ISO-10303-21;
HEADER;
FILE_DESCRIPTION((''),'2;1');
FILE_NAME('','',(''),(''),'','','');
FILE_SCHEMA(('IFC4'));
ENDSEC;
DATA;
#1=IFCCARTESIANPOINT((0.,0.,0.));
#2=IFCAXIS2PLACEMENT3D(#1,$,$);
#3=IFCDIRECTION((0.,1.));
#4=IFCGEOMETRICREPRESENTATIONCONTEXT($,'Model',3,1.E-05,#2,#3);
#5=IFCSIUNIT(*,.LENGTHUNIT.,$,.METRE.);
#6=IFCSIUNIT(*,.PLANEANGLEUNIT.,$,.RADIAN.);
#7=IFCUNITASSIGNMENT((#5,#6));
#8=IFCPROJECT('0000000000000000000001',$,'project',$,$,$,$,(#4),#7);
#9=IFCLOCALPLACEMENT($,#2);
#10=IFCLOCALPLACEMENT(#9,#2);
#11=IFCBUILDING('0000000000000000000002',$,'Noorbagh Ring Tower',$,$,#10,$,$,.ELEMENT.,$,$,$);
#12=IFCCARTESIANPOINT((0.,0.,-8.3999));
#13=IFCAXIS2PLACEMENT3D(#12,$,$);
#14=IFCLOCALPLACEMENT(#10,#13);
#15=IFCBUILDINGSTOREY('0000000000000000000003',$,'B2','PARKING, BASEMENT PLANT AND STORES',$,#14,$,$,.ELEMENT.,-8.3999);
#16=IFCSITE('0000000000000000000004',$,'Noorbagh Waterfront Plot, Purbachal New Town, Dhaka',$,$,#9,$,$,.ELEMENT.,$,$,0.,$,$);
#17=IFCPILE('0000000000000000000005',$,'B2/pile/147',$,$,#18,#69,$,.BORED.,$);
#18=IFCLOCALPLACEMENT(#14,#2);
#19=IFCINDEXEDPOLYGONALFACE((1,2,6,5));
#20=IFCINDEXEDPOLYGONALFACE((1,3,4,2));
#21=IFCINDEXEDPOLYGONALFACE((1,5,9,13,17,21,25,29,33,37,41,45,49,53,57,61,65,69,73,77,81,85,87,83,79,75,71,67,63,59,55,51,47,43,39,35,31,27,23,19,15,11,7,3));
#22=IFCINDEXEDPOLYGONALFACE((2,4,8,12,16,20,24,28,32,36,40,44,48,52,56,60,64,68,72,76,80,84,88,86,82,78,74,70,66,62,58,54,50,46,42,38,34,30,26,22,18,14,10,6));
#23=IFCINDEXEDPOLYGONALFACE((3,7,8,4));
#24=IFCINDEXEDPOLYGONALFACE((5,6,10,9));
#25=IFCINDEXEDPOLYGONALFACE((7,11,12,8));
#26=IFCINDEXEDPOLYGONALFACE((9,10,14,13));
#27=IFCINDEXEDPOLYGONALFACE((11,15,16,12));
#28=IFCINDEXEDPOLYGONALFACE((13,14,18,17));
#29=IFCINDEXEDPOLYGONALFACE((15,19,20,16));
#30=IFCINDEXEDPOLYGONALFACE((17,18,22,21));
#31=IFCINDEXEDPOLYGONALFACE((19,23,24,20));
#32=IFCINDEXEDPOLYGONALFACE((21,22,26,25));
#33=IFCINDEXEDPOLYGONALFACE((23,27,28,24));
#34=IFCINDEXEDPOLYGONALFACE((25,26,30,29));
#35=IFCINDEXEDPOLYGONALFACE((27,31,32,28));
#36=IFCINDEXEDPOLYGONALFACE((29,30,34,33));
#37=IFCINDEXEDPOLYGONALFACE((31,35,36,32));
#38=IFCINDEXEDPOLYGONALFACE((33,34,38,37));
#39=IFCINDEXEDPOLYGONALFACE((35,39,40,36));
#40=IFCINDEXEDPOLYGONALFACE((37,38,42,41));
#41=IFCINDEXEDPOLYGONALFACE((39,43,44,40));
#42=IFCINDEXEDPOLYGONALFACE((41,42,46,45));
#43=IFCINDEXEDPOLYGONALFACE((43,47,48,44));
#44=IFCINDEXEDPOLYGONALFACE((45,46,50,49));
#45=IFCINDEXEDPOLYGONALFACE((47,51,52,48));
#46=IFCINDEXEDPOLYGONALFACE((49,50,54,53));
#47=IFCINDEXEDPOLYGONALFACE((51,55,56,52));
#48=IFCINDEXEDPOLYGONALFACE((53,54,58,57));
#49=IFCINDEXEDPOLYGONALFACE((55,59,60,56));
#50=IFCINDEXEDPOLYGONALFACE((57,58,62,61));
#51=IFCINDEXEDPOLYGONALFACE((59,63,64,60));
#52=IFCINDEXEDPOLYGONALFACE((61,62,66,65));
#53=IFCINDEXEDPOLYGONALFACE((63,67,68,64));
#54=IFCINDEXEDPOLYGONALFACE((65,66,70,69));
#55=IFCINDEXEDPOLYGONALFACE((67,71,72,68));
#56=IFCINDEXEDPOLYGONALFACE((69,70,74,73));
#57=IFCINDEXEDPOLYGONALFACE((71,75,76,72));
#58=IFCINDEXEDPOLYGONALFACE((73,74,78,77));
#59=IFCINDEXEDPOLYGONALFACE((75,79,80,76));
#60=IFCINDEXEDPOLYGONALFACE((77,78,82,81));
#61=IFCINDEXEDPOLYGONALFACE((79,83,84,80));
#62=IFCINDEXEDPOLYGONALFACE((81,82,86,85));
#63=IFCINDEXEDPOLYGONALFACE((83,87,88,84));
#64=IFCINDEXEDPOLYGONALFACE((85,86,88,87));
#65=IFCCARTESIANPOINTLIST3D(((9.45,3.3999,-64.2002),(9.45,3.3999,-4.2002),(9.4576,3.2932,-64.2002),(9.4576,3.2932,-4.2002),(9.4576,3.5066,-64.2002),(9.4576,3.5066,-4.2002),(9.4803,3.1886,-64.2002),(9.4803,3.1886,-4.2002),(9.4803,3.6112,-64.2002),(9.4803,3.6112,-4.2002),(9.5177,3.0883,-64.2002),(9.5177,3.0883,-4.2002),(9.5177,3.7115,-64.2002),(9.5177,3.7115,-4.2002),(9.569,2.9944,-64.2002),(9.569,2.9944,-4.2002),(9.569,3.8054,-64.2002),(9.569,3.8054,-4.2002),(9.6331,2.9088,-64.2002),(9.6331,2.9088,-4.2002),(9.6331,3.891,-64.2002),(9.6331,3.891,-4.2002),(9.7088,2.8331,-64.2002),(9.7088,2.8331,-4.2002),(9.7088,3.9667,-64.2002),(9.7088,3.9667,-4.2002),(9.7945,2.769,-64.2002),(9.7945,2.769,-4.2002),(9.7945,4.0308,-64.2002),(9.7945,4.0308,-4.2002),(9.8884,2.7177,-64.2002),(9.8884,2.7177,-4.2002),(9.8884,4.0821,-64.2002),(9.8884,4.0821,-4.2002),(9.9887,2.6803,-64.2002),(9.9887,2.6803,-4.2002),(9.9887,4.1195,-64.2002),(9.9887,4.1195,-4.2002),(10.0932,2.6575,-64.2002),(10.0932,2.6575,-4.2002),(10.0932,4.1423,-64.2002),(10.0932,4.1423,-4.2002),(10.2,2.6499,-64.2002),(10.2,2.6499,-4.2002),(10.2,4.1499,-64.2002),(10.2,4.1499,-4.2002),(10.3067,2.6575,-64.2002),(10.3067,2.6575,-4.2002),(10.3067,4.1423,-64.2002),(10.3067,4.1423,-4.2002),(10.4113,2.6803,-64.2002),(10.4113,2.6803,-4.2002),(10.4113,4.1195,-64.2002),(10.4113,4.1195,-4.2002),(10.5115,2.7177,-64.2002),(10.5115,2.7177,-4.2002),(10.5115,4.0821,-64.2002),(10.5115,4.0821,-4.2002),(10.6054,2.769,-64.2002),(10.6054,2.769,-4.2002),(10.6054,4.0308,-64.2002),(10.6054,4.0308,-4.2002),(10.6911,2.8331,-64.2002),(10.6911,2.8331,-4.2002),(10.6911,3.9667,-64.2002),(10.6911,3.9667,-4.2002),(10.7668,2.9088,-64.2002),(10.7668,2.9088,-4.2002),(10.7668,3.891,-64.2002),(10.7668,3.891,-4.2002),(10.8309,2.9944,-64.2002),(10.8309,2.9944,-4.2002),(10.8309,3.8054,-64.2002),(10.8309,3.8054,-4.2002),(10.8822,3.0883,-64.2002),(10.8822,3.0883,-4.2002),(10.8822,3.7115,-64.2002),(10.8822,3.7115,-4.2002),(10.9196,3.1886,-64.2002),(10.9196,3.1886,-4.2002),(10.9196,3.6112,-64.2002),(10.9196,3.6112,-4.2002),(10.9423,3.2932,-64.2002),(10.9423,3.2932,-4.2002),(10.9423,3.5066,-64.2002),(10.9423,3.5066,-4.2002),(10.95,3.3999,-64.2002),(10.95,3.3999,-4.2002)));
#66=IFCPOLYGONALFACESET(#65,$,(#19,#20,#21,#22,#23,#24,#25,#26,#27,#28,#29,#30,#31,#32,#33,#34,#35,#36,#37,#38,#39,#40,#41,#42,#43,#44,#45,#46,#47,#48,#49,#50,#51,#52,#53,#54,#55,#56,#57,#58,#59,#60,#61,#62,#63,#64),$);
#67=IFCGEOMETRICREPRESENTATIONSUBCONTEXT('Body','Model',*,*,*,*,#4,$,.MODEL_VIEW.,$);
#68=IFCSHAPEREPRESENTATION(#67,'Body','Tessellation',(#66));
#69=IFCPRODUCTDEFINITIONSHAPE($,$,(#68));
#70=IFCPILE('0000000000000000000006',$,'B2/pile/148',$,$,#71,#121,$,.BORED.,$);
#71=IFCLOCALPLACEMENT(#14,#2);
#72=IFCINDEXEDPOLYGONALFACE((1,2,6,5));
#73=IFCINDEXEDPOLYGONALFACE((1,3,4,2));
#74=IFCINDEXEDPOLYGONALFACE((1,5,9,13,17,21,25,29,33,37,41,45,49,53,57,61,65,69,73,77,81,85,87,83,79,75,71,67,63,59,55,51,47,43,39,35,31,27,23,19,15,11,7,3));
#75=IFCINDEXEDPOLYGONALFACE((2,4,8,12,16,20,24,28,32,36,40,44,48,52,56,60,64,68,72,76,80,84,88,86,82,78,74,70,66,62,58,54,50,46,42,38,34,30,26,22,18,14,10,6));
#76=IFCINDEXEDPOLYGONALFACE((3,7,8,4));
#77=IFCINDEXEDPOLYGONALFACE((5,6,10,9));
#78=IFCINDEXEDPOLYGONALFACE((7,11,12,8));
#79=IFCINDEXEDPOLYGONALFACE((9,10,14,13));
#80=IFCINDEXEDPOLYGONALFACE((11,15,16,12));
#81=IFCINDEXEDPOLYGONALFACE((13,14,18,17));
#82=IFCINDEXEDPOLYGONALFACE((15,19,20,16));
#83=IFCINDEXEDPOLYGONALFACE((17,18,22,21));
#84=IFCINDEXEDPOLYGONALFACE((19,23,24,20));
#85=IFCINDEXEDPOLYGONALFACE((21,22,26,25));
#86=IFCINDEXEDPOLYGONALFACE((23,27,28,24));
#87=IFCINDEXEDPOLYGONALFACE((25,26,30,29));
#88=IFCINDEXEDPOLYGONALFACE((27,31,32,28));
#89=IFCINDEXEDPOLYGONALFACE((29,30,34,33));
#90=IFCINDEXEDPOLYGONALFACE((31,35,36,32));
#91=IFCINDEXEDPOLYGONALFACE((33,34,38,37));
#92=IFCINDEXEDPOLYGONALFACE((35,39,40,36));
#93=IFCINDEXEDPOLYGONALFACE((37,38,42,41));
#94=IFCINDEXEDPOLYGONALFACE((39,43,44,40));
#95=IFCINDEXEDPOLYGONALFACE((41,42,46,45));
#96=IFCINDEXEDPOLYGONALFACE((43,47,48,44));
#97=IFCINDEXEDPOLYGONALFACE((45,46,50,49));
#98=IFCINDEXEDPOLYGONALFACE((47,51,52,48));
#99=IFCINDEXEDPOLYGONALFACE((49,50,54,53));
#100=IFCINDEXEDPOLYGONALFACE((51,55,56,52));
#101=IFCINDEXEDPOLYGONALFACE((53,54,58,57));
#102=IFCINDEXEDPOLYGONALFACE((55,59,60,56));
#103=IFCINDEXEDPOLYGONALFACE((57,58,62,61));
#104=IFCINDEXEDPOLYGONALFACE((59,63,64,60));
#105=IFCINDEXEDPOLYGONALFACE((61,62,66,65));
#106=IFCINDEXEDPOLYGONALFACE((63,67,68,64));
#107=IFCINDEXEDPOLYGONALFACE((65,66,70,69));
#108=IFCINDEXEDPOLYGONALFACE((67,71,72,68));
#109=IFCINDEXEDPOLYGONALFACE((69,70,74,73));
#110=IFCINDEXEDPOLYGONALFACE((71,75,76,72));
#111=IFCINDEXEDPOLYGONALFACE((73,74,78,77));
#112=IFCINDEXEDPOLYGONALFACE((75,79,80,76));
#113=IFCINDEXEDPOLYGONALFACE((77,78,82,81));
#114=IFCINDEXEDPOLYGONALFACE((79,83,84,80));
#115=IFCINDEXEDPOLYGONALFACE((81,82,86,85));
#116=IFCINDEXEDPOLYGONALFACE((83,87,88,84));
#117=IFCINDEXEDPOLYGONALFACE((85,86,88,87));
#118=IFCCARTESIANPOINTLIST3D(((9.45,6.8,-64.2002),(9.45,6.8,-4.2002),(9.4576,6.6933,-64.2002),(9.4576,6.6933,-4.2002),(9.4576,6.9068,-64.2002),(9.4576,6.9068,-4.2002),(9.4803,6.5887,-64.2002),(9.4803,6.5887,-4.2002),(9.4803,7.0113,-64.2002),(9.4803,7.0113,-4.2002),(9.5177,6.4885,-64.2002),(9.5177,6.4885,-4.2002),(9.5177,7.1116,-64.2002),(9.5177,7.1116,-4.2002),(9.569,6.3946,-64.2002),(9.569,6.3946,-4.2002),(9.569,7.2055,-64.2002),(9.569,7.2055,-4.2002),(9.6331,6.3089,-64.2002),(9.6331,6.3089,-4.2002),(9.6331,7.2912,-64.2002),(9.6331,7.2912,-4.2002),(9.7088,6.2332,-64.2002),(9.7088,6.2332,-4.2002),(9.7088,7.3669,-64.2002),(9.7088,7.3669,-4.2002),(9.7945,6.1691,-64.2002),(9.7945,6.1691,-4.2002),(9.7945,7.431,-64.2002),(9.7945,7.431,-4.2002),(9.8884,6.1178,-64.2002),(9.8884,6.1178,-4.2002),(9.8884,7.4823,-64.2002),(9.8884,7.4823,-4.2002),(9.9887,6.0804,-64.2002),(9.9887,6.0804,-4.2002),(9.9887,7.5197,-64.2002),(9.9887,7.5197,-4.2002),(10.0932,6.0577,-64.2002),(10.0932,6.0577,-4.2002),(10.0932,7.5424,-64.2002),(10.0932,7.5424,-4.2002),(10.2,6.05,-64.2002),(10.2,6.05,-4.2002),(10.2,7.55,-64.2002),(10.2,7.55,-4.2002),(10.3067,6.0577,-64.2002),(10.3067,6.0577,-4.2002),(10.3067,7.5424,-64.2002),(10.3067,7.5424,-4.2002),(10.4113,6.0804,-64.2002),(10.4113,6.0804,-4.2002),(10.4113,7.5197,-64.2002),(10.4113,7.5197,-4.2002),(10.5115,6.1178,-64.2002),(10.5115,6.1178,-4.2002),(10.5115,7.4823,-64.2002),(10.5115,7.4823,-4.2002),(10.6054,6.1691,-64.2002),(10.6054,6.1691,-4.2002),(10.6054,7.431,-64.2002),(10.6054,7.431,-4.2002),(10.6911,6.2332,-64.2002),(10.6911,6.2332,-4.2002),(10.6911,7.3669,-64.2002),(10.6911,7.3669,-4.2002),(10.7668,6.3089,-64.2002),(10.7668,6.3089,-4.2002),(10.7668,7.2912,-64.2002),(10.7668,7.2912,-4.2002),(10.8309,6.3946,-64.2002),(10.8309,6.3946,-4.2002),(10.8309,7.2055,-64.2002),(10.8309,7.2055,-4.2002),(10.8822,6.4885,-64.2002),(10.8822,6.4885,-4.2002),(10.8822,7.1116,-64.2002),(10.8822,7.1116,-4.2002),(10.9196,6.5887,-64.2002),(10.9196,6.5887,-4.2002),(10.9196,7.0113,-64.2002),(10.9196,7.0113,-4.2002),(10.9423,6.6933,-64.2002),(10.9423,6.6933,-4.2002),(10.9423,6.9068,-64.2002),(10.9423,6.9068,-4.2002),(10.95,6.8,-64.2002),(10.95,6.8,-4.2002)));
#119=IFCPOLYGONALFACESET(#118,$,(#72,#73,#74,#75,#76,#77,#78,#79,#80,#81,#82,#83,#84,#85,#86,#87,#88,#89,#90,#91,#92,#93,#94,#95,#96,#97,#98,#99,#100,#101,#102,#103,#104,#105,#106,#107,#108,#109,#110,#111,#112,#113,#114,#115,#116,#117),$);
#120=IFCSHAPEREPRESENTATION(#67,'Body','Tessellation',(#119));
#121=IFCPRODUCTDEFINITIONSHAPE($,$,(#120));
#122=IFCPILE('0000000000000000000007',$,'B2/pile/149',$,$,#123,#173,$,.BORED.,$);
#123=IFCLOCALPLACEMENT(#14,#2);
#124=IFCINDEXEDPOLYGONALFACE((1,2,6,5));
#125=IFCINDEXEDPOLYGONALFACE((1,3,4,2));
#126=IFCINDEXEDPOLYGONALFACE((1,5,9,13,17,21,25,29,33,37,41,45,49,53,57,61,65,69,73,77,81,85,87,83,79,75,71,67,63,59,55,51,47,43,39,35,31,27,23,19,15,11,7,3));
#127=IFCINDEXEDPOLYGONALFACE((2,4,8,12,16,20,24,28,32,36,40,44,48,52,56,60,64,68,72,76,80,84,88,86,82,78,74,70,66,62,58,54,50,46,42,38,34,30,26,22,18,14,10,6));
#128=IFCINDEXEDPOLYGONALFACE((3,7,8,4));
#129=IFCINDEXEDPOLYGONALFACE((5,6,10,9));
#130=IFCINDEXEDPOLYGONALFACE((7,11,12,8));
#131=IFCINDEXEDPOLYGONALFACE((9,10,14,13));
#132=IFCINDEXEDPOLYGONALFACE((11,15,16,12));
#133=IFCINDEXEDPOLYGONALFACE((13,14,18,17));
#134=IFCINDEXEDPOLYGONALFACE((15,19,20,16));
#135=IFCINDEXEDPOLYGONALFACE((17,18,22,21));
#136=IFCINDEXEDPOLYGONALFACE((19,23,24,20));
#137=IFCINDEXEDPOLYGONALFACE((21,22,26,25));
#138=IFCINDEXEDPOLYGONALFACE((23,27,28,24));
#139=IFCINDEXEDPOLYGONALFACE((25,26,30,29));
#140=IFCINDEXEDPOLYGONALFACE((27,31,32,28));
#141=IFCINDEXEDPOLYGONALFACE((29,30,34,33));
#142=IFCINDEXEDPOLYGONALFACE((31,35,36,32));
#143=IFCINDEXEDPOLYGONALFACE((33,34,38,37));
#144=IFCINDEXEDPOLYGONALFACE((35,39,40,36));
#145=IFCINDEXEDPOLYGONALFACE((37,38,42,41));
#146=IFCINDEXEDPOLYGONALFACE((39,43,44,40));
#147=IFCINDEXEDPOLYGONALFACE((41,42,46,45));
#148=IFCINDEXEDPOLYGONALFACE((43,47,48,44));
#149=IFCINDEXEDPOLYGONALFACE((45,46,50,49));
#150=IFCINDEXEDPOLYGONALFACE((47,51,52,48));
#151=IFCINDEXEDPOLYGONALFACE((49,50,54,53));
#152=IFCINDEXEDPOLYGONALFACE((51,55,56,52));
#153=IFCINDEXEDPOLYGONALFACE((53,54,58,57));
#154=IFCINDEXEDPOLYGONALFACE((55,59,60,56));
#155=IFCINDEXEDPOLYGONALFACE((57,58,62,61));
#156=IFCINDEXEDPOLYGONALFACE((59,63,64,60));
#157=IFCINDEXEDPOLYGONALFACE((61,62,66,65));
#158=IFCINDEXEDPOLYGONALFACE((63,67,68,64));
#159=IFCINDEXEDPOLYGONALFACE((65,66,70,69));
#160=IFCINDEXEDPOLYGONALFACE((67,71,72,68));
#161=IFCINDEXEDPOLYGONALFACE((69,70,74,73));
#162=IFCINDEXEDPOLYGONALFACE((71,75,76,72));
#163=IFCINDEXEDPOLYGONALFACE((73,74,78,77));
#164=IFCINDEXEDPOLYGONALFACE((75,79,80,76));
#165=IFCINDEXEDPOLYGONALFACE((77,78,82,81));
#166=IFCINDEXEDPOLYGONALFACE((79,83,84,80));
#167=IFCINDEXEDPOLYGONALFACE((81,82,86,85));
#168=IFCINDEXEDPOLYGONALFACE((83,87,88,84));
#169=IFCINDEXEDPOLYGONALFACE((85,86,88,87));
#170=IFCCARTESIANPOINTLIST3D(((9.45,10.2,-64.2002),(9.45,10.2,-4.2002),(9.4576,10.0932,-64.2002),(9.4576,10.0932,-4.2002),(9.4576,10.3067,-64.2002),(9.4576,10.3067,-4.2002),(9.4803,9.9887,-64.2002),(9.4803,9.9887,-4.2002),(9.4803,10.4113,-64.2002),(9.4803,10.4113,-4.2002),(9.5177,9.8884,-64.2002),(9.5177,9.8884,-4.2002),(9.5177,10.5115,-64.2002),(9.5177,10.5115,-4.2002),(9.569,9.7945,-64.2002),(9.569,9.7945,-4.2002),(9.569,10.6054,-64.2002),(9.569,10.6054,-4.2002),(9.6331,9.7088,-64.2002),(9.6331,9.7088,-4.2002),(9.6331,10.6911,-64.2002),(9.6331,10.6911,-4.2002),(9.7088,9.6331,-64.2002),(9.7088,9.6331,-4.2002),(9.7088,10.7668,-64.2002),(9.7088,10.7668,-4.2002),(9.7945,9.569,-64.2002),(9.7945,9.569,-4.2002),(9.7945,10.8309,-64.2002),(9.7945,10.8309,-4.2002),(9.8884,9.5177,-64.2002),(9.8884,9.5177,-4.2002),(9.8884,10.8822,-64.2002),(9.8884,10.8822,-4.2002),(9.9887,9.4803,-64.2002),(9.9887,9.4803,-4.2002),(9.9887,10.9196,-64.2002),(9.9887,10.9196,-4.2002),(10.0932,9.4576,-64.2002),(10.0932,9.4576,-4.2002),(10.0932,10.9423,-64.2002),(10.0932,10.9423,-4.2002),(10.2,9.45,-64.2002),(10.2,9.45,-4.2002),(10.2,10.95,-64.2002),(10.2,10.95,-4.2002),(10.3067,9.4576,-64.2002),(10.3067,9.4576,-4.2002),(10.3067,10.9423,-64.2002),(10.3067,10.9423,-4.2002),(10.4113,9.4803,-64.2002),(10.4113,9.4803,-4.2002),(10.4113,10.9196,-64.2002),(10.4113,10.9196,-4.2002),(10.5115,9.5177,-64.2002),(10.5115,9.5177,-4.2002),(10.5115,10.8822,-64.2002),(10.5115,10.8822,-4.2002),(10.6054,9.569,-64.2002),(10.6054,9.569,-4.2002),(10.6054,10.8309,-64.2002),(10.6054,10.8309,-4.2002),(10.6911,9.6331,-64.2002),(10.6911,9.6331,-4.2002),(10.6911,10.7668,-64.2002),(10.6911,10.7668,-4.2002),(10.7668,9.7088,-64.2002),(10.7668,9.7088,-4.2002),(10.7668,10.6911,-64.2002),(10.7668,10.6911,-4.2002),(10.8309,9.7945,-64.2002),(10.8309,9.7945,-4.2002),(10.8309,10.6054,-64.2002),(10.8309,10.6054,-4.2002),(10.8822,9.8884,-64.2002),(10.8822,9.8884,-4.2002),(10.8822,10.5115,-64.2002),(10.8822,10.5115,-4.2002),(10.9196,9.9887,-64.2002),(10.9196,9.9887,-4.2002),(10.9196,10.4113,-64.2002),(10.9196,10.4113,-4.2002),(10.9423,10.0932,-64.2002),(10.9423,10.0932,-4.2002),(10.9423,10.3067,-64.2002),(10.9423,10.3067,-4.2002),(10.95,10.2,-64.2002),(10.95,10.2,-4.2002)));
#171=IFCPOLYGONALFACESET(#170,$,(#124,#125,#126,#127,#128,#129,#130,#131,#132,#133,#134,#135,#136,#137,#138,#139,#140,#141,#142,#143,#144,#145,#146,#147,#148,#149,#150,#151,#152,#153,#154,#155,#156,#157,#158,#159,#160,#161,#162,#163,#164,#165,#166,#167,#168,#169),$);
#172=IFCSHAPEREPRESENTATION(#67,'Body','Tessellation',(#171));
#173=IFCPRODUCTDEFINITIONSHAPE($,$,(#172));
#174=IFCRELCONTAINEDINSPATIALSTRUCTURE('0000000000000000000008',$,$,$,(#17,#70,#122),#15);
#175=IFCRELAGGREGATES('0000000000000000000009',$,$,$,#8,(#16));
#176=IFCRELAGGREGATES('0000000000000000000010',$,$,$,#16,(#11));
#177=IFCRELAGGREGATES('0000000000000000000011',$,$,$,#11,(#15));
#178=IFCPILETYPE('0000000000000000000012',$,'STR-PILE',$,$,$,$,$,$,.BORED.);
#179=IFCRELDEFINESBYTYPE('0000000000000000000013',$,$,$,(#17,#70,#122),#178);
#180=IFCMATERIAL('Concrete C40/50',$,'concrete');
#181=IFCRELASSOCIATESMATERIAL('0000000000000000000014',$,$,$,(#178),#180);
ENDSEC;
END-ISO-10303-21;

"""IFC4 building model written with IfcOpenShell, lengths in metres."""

from ifc_helpers import new_model, si_unit, direction, frame, origin, origin_2d, place, context, subcontext, project, spatial, circle, extrude, material, material_profile, profile_set, type_object, element, save


model = new_model("IFC4")

# Units and contexts
model_context = context("Model", 3, precision=1e-05, world=origin(), true_north=direction((0.0, 1.0)))
body_context = subcontext(model_context, "Body", "Model", "MODEL_VIEW")
ifc_project = project(units=[si_unit("LENGTHUNIT", "METRE"), si_unit("PLANEANGLEUNIT", "RADIAN")], contexts=[model_context])

# Site, building, storey
site_placement = place(None, origin())
site = spatial("IfcSite", under=ifc_project, at=site_placement, Name="Noorbagh Waterfront Plot, Purbachal New Town, Dhaka", CompositionType="ELEMENT", RefElevation=0.0)
building_placement = place(site_placement, origin())
building = spatial("IfcBuilding", under=site, at=building_placement, Name="Noorbagh Ring Tower", CompositionType="ELEMENT")
storey_placement = place(building_placement, frame((0.0, 0.0, -8.3999)))
storey = spatial("IfcBuildingStorey", under=building, at=storey_placement, Name="B2", Description="PARKING, BASEMENT PLANT AND STORES", CompositionType="ELEMENT", Elevation=-8.3999)

# Piles
ifc_material_1 = material(Name="Concrete C40/50", Category="concrete")
ifc_material_profile_1 = material_profile(ifc_material_1, circle(Radius=0.75, at=origin_2d()), Name="PILE1500")
ifc_profile_set_1 = profile_set([ifc_material_profile_1], Name="Concrete C40/50")
pile_type = type_object("IfcPileType", Name="STR-PILE", PredefinedType="BORED", material=ifc_profile_set_1)
for number, where, z_axis, x_axis, name in (
    (1, (10.2, 3.3999, -4.2002), (0.0, 0.0, -1.0), (1.0, 0.0, 0.0), "B2/pile/147"),
    (2, (10.2, 6.8, -4.2002), (0.0, 0.0, -1.0), (1.0, 0.0, 0.0), "B2/pile/148"),
    (3, (10.2, 10.2, -4.2002), (0.0, 0.0, -1.0), (1.0, 0.0, 0.0), "B2/pile/149"),
):
    element("IfcPile", number, at=place(storey_placement, frame(where, z_axis=z_axis, x_axis=x_axis)), inside=storey, type_object=pile_type, Name=name, PredefinedType="BORED", context=body_context, shape_type="SweptSolid", body=[
        extrude(circle(Radius=0.75, at=origin_2d()), origin(), (0.0, 0.0, 1.0), 60.0),
    ])

save(model, "model.ifc")
